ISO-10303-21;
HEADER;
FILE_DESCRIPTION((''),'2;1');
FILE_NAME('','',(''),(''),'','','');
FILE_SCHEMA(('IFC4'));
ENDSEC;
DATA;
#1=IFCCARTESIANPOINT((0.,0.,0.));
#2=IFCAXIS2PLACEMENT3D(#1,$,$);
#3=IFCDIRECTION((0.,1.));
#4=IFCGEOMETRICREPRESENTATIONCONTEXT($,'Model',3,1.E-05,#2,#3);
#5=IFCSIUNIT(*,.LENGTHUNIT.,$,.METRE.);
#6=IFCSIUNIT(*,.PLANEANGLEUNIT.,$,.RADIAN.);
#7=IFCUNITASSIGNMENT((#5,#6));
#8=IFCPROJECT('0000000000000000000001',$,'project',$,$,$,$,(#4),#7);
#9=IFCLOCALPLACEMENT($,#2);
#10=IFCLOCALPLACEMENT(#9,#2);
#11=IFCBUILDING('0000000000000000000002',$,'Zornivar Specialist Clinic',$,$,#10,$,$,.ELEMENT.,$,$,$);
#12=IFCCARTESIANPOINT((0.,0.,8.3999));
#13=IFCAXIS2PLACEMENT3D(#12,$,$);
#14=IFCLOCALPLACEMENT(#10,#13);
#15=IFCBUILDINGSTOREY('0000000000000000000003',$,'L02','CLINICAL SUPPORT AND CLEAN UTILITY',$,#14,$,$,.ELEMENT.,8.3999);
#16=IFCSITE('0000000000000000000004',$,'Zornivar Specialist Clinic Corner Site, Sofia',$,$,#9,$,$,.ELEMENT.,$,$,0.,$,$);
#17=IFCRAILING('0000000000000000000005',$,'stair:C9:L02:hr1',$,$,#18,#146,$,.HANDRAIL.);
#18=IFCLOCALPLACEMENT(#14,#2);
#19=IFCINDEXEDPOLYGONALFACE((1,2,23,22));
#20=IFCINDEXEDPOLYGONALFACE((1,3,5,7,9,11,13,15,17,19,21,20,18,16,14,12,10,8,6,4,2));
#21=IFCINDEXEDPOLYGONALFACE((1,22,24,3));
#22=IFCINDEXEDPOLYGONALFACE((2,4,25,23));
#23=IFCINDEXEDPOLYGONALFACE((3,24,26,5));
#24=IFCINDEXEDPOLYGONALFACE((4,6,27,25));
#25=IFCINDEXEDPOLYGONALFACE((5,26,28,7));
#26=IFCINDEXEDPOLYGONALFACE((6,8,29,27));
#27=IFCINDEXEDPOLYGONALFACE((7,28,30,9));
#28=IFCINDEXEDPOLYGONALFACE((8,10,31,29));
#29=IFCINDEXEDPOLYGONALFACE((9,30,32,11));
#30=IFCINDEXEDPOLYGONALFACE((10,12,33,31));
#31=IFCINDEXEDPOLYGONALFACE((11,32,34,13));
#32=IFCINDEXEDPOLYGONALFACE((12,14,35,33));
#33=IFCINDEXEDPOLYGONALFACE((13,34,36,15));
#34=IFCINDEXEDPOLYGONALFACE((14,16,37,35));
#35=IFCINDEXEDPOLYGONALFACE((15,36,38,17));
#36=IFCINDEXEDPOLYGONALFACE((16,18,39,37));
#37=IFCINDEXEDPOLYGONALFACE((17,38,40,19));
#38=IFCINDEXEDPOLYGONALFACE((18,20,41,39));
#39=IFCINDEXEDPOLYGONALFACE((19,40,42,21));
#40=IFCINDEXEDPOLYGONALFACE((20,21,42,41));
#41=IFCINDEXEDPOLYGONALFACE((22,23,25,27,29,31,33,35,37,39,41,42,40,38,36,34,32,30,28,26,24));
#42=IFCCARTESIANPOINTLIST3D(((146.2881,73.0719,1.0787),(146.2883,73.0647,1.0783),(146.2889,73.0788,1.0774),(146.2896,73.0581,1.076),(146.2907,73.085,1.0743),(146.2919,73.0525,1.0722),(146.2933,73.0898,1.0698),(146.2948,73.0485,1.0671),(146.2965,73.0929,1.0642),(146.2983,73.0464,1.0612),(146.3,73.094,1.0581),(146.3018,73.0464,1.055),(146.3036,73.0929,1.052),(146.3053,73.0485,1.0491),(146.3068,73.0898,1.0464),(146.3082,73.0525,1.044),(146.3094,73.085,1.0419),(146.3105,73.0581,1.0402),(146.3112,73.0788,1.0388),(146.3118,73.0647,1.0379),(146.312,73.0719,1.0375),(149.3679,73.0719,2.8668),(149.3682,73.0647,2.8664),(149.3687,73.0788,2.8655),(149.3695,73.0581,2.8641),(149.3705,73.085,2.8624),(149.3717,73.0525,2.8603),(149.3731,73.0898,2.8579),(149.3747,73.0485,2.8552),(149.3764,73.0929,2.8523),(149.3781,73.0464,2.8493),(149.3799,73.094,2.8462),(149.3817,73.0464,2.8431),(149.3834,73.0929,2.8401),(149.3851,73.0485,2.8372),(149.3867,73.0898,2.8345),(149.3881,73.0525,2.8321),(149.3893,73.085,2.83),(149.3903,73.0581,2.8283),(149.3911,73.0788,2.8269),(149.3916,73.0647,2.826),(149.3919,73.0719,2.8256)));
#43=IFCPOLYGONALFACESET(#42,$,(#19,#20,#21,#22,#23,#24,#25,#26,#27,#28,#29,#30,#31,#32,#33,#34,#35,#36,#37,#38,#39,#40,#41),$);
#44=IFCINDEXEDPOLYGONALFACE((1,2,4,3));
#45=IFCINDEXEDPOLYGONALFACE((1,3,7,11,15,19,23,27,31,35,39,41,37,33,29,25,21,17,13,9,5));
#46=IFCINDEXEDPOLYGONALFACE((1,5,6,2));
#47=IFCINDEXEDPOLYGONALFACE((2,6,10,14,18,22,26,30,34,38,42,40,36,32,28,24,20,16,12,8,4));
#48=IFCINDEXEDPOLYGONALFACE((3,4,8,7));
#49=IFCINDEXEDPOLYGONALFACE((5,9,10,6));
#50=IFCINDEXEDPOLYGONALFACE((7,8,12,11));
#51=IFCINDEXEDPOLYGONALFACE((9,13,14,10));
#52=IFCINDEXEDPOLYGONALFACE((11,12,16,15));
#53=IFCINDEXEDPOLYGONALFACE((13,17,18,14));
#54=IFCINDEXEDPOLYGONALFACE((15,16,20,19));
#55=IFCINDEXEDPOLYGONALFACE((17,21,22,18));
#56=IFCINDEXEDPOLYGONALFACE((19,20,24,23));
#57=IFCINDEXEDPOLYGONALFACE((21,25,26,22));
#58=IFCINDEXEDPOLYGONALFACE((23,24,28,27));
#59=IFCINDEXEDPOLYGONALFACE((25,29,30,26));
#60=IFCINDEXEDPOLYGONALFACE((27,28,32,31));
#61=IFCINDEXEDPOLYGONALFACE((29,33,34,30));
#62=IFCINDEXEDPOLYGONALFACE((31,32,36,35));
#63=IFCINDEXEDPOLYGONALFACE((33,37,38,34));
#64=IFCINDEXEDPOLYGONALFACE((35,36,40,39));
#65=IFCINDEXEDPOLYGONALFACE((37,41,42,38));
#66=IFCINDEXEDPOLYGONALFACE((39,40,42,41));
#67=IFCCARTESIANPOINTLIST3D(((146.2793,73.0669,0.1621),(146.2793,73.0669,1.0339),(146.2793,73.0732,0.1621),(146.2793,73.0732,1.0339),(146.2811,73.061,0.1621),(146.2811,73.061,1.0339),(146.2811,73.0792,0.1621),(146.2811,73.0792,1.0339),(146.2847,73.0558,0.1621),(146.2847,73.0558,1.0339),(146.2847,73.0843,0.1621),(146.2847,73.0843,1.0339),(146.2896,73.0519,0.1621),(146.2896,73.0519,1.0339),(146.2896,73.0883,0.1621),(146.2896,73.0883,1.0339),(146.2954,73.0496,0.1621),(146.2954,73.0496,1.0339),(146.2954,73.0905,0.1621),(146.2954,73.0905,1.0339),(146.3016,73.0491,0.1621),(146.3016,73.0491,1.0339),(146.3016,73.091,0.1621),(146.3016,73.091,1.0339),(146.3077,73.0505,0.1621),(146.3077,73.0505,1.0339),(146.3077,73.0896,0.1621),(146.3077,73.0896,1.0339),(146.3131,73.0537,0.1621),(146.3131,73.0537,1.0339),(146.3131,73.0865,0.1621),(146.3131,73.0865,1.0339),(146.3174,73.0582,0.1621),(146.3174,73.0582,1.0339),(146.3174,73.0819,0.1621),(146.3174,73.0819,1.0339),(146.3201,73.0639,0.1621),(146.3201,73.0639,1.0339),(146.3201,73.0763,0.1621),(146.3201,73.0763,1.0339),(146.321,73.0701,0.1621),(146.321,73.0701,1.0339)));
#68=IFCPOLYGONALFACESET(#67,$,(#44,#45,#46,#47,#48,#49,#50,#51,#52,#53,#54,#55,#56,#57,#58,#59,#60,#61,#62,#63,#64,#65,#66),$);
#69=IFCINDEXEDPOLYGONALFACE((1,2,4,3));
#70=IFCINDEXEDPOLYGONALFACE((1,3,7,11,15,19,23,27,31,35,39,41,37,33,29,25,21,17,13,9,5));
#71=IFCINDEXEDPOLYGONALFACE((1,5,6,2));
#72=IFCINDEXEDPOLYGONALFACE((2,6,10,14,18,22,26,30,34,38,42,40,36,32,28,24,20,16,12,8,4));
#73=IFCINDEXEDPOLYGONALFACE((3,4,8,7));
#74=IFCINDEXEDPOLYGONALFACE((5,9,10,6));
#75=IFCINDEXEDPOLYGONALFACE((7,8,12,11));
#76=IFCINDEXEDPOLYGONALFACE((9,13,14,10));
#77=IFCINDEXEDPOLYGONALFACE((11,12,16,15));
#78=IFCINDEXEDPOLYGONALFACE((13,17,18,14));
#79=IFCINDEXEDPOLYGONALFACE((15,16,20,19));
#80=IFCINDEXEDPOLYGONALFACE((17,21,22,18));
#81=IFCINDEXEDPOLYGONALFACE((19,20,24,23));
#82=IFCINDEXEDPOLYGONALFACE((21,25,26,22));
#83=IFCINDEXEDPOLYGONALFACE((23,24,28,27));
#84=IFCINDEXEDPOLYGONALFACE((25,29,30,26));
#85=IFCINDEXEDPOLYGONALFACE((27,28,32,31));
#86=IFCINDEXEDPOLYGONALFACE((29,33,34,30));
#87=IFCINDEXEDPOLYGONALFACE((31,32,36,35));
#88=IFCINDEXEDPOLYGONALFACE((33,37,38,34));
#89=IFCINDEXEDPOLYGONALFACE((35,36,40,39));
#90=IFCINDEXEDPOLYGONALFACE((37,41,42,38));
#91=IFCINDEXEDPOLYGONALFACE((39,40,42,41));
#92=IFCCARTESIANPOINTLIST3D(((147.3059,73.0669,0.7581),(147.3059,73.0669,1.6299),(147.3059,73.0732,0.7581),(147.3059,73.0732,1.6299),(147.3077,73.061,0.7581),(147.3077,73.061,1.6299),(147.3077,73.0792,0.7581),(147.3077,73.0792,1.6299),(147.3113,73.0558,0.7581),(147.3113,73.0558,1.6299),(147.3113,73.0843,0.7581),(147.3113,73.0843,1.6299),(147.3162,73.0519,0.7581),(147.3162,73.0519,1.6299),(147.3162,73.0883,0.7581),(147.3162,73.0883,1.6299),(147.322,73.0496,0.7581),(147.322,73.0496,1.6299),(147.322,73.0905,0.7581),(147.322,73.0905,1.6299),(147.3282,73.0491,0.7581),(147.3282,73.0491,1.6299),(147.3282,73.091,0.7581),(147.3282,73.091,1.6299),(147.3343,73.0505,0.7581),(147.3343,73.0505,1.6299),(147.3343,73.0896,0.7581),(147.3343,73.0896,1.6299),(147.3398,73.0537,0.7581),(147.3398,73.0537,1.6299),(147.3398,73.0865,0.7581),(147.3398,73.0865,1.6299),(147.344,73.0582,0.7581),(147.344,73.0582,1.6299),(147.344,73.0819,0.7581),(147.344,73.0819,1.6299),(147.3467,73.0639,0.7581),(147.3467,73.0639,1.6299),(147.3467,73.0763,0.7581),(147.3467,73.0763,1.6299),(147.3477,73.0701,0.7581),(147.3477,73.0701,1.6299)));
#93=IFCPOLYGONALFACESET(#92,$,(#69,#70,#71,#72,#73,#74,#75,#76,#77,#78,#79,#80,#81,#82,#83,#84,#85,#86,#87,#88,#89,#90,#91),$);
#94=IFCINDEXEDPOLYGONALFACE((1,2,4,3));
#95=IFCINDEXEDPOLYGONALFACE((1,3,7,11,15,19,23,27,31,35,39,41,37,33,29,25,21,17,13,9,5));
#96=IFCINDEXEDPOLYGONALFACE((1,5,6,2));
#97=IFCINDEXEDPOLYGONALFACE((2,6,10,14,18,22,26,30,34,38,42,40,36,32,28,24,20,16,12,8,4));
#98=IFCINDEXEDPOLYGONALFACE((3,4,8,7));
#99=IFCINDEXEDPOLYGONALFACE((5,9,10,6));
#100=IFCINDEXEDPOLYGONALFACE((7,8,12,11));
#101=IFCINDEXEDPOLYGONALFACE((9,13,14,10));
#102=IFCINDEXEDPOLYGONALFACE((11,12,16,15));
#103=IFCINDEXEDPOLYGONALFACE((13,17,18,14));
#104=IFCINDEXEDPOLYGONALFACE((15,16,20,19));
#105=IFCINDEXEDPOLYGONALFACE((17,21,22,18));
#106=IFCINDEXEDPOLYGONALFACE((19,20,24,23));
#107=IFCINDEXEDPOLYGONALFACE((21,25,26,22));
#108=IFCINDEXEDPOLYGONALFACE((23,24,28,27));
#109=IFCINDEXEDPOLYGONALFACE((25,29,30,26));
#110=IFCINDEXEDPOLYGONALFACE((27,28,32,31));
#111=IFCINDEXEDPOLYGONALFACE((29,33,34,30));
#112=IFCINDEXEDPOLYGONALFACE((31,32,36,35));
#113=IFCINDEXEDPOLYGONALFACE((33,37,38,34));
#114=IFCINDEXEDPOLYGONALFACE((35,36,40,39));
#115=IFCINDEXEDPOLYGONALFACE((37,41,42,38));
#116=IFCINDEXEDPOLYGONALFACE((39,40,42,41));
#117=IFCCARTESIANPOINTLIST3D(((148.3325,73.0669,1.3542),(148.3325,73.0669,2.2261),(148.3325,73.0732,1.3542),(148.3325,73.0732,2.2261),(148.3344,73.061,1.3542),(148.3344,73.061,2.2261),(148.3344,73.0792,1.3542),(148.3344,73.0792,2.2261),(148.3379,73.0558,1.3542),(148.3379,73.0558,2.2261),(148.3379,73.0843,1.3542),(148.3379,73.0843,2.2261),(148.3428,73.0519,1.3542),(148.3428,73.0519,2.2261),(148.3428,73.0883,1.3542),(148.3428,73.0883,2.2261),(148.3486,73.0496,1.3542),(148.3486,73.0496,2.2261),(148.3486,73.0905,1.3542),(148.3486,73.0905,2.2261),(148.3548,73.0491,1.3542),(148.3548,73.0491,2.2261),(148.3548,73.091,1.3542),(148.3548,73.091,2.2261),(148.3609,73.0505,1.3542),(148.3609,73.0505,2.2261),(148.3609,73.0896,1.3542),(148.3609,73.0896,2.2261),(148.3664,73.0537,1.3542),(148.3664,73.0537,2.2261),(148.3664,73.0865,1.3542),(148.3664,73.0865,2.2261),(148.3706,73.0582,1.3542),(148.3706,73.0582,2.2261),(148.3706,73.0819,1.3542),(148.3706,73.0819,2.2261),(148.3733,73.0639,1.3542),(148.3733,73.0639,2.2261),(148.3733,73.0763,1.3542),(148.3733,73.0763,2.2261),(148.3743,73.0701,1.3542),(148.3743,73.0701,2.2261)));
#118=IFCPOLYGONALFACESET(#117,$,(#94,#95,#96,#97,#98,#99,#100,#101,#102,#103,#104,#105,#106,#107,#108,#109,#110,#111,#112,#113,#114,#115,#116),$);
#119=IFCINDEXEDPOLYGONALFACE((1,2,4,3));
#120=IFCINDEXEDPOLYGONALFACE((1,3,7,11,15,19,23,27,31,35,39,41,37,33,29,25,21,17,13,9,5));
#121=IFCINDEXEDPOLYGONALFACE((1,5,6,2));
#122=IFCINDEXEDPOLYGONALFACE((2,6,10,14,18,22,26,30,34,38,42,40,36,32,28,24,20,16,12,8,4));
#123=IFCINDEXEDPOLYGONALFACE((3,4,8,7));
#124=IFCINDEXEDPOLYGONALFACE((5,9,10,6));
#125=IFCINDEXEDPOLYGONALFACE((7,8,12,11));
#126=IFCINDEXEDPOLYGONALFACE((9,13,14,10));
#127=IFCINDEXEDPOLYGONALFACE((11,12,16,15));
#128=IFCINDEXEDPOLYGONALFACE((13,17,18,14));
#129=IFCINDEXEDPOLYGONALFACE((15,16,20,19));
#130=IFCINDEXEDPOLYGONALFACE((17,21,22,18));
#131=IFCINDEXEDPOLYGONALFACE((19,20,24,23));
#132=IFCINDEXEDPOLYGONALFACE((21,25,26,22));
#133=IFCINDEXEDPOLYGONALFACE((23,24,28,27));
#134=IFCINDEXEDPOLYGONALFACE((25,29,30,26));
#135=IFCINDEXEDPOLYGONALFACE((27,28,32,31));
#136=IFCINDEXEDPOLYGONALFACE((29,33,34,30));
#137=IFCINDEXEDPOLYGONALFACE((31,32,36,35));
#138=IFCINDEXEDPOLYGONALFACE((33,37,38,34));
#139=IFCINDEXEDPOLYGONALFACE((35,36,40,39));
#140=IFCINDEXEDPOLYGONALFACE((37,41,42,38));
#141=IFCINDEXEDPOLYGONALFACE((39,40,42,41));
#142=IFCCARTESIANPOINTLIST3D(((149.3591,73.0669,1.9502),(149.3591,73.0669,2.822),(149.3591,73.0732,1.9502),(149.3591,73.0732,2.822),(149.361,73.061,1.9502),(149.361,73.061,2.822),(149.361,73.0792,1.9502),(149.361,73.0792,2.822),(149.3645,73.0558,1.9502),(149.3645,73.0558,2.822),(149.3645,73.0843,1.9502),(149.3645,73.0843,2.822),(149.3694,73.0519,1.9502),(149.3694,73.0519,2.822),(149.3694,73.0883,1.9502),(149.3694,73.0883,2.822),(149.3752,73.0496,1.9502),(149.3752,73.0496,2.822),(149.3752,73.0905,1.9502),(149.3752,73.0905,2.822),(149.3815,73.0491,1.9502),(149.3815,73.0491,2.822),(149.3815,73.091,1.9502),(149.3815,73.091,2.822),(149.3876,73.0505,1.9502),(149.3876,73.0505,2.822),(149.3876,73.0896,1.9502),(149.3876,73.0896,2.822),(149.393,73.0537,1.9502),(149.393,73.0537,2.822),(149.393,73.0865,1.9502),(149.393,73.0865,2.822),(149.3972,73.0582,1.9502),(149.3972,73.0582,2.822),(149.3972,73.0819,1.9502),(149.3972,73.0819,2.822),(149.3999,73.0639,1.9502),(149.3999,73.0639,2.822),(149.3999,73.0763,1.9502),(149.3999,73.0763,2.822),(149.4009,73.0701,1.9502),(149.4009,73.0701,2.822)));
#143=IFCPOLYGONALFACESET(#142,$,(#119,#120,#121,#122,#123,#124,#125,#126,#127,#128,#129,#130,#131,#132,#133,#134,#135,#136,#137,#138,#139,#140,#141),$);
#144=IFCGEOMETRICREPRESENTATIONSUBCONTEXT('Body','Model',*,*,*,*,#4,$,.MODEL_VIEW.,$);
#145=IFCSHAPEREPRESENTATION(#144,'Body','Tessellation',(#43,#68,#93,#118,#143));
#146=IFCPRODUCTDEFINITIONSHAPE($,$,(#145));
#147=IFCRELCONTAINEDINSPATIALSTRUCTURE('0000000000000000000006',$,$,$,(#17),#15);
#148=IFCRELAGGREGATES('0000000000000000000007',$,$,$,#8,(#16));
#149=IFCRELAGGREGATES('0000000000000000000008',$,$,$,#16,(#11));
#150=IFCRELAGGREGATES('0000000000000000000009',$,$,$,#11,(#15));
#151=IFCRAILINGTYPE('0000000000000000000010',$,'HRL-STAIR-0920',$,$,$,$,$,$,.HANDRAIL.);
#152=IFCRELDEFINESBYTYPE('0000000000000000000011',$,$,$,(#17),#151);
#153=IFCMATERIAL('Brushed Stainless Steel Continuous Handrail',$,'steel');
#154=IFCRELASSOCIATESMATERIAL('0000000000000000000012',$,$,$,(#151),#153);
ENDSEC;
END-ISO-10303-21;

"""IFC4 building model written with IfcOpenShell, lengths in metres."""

from ifc_helpers import new_model, si_unit, direction, frame, origin, origin_2d, place, context, subcontext, project, spatial, circle, extrude, material, type_object, element, save


model = new_model("IFC4")

# Units and contexts
model_context = context("Model", 3, precision=1e-05, world=origin(), true_north=direction((0.0, 1.0)))
body_context = subcontext(model_context, "Body", "Model", "MODEL_VIEW")
ifc_project = project(units=[si_unit("LENGTHUNIT", "METRE"), si_unit("PLANEANGLEUNIT", "RADIAN")], contexts=[model_context])

# Site, building, storey
site_placement = place(None, origin())
site = spatial("IfcSite", under=ifc_project, at=site_placement, Name="Zornivar Specialist Clinic Corner Site, Sofia", CompositionType="ELEMENT", RefElevation=0.0)
building_placement = place(site_placement, origin())
building = spatial("IfcBuilding", under=site, at=building_placement, Name="Zornivar Specialist Clinic", CompositionType="ELEMENT")
storey_placement = place(building_placement, frame((0.0, 0.0, 8.3999)))
storey = spatial("IfcBuildingStorey", under=building, at=storey_placement, Name="L02", Description="CLINICAL SUPPORT AND CLEAN UTILITY", CompositionType="ELEMENT", Elevation=8.3999)

# Railing
ifc_material_1 = material(Name="Brushed Stainless Steel Continuous Handrail", Category="steel")
railing_type = type_object("IfcRailingType", Name="HRL-STAIR-0920", PredefinedType="HANDRAIL", material=ifc_material_1)
railing_placement = place(storey_placement, frame((146.3, 73.0701, 0.1621)))
element("IfcRailing", 1, at=railing_placement, inside=storey, type_object=railing_type, Name="stair:C9:L02:hr1", PredefinedType="HANDRAIL", context=body_context, shape_type="SweptSolid", body=[
    extrude(circle(Radius=0.0239, at=origin_2d()), frame((0.0, 0.0, 0.896), z_axis=(0.864814, 0.0, 0.502093), x_axis=(0.0, 1.0, 0.0)), (0.0, 0.0, 1.0), 3.5613),
    extrude(circle(Radius=0.021, at=origin_2d()), origin(), (0.0, 0.0, 1.0), 0.8718),
    extrude(circle(Radius=0.021, at=origin_2d()), frame((1.0266, 0.0, 0.5959)), (0.0, 0.0, 1.0), 0.8718),
    extrude(circle(Radius=0.021, at=origin_2d()), frame((2.0532, 0.0, 1.1921)), (0.0, 0.0, 1.0), 0.8718),
    extrude(circle(Radius=0.021, at=origin_2d()), frame((3.0798, 0.0, 1.7881)), (0.0, 0.0, 1.0), 0.8718),
])

save(model, "model.ifc")
